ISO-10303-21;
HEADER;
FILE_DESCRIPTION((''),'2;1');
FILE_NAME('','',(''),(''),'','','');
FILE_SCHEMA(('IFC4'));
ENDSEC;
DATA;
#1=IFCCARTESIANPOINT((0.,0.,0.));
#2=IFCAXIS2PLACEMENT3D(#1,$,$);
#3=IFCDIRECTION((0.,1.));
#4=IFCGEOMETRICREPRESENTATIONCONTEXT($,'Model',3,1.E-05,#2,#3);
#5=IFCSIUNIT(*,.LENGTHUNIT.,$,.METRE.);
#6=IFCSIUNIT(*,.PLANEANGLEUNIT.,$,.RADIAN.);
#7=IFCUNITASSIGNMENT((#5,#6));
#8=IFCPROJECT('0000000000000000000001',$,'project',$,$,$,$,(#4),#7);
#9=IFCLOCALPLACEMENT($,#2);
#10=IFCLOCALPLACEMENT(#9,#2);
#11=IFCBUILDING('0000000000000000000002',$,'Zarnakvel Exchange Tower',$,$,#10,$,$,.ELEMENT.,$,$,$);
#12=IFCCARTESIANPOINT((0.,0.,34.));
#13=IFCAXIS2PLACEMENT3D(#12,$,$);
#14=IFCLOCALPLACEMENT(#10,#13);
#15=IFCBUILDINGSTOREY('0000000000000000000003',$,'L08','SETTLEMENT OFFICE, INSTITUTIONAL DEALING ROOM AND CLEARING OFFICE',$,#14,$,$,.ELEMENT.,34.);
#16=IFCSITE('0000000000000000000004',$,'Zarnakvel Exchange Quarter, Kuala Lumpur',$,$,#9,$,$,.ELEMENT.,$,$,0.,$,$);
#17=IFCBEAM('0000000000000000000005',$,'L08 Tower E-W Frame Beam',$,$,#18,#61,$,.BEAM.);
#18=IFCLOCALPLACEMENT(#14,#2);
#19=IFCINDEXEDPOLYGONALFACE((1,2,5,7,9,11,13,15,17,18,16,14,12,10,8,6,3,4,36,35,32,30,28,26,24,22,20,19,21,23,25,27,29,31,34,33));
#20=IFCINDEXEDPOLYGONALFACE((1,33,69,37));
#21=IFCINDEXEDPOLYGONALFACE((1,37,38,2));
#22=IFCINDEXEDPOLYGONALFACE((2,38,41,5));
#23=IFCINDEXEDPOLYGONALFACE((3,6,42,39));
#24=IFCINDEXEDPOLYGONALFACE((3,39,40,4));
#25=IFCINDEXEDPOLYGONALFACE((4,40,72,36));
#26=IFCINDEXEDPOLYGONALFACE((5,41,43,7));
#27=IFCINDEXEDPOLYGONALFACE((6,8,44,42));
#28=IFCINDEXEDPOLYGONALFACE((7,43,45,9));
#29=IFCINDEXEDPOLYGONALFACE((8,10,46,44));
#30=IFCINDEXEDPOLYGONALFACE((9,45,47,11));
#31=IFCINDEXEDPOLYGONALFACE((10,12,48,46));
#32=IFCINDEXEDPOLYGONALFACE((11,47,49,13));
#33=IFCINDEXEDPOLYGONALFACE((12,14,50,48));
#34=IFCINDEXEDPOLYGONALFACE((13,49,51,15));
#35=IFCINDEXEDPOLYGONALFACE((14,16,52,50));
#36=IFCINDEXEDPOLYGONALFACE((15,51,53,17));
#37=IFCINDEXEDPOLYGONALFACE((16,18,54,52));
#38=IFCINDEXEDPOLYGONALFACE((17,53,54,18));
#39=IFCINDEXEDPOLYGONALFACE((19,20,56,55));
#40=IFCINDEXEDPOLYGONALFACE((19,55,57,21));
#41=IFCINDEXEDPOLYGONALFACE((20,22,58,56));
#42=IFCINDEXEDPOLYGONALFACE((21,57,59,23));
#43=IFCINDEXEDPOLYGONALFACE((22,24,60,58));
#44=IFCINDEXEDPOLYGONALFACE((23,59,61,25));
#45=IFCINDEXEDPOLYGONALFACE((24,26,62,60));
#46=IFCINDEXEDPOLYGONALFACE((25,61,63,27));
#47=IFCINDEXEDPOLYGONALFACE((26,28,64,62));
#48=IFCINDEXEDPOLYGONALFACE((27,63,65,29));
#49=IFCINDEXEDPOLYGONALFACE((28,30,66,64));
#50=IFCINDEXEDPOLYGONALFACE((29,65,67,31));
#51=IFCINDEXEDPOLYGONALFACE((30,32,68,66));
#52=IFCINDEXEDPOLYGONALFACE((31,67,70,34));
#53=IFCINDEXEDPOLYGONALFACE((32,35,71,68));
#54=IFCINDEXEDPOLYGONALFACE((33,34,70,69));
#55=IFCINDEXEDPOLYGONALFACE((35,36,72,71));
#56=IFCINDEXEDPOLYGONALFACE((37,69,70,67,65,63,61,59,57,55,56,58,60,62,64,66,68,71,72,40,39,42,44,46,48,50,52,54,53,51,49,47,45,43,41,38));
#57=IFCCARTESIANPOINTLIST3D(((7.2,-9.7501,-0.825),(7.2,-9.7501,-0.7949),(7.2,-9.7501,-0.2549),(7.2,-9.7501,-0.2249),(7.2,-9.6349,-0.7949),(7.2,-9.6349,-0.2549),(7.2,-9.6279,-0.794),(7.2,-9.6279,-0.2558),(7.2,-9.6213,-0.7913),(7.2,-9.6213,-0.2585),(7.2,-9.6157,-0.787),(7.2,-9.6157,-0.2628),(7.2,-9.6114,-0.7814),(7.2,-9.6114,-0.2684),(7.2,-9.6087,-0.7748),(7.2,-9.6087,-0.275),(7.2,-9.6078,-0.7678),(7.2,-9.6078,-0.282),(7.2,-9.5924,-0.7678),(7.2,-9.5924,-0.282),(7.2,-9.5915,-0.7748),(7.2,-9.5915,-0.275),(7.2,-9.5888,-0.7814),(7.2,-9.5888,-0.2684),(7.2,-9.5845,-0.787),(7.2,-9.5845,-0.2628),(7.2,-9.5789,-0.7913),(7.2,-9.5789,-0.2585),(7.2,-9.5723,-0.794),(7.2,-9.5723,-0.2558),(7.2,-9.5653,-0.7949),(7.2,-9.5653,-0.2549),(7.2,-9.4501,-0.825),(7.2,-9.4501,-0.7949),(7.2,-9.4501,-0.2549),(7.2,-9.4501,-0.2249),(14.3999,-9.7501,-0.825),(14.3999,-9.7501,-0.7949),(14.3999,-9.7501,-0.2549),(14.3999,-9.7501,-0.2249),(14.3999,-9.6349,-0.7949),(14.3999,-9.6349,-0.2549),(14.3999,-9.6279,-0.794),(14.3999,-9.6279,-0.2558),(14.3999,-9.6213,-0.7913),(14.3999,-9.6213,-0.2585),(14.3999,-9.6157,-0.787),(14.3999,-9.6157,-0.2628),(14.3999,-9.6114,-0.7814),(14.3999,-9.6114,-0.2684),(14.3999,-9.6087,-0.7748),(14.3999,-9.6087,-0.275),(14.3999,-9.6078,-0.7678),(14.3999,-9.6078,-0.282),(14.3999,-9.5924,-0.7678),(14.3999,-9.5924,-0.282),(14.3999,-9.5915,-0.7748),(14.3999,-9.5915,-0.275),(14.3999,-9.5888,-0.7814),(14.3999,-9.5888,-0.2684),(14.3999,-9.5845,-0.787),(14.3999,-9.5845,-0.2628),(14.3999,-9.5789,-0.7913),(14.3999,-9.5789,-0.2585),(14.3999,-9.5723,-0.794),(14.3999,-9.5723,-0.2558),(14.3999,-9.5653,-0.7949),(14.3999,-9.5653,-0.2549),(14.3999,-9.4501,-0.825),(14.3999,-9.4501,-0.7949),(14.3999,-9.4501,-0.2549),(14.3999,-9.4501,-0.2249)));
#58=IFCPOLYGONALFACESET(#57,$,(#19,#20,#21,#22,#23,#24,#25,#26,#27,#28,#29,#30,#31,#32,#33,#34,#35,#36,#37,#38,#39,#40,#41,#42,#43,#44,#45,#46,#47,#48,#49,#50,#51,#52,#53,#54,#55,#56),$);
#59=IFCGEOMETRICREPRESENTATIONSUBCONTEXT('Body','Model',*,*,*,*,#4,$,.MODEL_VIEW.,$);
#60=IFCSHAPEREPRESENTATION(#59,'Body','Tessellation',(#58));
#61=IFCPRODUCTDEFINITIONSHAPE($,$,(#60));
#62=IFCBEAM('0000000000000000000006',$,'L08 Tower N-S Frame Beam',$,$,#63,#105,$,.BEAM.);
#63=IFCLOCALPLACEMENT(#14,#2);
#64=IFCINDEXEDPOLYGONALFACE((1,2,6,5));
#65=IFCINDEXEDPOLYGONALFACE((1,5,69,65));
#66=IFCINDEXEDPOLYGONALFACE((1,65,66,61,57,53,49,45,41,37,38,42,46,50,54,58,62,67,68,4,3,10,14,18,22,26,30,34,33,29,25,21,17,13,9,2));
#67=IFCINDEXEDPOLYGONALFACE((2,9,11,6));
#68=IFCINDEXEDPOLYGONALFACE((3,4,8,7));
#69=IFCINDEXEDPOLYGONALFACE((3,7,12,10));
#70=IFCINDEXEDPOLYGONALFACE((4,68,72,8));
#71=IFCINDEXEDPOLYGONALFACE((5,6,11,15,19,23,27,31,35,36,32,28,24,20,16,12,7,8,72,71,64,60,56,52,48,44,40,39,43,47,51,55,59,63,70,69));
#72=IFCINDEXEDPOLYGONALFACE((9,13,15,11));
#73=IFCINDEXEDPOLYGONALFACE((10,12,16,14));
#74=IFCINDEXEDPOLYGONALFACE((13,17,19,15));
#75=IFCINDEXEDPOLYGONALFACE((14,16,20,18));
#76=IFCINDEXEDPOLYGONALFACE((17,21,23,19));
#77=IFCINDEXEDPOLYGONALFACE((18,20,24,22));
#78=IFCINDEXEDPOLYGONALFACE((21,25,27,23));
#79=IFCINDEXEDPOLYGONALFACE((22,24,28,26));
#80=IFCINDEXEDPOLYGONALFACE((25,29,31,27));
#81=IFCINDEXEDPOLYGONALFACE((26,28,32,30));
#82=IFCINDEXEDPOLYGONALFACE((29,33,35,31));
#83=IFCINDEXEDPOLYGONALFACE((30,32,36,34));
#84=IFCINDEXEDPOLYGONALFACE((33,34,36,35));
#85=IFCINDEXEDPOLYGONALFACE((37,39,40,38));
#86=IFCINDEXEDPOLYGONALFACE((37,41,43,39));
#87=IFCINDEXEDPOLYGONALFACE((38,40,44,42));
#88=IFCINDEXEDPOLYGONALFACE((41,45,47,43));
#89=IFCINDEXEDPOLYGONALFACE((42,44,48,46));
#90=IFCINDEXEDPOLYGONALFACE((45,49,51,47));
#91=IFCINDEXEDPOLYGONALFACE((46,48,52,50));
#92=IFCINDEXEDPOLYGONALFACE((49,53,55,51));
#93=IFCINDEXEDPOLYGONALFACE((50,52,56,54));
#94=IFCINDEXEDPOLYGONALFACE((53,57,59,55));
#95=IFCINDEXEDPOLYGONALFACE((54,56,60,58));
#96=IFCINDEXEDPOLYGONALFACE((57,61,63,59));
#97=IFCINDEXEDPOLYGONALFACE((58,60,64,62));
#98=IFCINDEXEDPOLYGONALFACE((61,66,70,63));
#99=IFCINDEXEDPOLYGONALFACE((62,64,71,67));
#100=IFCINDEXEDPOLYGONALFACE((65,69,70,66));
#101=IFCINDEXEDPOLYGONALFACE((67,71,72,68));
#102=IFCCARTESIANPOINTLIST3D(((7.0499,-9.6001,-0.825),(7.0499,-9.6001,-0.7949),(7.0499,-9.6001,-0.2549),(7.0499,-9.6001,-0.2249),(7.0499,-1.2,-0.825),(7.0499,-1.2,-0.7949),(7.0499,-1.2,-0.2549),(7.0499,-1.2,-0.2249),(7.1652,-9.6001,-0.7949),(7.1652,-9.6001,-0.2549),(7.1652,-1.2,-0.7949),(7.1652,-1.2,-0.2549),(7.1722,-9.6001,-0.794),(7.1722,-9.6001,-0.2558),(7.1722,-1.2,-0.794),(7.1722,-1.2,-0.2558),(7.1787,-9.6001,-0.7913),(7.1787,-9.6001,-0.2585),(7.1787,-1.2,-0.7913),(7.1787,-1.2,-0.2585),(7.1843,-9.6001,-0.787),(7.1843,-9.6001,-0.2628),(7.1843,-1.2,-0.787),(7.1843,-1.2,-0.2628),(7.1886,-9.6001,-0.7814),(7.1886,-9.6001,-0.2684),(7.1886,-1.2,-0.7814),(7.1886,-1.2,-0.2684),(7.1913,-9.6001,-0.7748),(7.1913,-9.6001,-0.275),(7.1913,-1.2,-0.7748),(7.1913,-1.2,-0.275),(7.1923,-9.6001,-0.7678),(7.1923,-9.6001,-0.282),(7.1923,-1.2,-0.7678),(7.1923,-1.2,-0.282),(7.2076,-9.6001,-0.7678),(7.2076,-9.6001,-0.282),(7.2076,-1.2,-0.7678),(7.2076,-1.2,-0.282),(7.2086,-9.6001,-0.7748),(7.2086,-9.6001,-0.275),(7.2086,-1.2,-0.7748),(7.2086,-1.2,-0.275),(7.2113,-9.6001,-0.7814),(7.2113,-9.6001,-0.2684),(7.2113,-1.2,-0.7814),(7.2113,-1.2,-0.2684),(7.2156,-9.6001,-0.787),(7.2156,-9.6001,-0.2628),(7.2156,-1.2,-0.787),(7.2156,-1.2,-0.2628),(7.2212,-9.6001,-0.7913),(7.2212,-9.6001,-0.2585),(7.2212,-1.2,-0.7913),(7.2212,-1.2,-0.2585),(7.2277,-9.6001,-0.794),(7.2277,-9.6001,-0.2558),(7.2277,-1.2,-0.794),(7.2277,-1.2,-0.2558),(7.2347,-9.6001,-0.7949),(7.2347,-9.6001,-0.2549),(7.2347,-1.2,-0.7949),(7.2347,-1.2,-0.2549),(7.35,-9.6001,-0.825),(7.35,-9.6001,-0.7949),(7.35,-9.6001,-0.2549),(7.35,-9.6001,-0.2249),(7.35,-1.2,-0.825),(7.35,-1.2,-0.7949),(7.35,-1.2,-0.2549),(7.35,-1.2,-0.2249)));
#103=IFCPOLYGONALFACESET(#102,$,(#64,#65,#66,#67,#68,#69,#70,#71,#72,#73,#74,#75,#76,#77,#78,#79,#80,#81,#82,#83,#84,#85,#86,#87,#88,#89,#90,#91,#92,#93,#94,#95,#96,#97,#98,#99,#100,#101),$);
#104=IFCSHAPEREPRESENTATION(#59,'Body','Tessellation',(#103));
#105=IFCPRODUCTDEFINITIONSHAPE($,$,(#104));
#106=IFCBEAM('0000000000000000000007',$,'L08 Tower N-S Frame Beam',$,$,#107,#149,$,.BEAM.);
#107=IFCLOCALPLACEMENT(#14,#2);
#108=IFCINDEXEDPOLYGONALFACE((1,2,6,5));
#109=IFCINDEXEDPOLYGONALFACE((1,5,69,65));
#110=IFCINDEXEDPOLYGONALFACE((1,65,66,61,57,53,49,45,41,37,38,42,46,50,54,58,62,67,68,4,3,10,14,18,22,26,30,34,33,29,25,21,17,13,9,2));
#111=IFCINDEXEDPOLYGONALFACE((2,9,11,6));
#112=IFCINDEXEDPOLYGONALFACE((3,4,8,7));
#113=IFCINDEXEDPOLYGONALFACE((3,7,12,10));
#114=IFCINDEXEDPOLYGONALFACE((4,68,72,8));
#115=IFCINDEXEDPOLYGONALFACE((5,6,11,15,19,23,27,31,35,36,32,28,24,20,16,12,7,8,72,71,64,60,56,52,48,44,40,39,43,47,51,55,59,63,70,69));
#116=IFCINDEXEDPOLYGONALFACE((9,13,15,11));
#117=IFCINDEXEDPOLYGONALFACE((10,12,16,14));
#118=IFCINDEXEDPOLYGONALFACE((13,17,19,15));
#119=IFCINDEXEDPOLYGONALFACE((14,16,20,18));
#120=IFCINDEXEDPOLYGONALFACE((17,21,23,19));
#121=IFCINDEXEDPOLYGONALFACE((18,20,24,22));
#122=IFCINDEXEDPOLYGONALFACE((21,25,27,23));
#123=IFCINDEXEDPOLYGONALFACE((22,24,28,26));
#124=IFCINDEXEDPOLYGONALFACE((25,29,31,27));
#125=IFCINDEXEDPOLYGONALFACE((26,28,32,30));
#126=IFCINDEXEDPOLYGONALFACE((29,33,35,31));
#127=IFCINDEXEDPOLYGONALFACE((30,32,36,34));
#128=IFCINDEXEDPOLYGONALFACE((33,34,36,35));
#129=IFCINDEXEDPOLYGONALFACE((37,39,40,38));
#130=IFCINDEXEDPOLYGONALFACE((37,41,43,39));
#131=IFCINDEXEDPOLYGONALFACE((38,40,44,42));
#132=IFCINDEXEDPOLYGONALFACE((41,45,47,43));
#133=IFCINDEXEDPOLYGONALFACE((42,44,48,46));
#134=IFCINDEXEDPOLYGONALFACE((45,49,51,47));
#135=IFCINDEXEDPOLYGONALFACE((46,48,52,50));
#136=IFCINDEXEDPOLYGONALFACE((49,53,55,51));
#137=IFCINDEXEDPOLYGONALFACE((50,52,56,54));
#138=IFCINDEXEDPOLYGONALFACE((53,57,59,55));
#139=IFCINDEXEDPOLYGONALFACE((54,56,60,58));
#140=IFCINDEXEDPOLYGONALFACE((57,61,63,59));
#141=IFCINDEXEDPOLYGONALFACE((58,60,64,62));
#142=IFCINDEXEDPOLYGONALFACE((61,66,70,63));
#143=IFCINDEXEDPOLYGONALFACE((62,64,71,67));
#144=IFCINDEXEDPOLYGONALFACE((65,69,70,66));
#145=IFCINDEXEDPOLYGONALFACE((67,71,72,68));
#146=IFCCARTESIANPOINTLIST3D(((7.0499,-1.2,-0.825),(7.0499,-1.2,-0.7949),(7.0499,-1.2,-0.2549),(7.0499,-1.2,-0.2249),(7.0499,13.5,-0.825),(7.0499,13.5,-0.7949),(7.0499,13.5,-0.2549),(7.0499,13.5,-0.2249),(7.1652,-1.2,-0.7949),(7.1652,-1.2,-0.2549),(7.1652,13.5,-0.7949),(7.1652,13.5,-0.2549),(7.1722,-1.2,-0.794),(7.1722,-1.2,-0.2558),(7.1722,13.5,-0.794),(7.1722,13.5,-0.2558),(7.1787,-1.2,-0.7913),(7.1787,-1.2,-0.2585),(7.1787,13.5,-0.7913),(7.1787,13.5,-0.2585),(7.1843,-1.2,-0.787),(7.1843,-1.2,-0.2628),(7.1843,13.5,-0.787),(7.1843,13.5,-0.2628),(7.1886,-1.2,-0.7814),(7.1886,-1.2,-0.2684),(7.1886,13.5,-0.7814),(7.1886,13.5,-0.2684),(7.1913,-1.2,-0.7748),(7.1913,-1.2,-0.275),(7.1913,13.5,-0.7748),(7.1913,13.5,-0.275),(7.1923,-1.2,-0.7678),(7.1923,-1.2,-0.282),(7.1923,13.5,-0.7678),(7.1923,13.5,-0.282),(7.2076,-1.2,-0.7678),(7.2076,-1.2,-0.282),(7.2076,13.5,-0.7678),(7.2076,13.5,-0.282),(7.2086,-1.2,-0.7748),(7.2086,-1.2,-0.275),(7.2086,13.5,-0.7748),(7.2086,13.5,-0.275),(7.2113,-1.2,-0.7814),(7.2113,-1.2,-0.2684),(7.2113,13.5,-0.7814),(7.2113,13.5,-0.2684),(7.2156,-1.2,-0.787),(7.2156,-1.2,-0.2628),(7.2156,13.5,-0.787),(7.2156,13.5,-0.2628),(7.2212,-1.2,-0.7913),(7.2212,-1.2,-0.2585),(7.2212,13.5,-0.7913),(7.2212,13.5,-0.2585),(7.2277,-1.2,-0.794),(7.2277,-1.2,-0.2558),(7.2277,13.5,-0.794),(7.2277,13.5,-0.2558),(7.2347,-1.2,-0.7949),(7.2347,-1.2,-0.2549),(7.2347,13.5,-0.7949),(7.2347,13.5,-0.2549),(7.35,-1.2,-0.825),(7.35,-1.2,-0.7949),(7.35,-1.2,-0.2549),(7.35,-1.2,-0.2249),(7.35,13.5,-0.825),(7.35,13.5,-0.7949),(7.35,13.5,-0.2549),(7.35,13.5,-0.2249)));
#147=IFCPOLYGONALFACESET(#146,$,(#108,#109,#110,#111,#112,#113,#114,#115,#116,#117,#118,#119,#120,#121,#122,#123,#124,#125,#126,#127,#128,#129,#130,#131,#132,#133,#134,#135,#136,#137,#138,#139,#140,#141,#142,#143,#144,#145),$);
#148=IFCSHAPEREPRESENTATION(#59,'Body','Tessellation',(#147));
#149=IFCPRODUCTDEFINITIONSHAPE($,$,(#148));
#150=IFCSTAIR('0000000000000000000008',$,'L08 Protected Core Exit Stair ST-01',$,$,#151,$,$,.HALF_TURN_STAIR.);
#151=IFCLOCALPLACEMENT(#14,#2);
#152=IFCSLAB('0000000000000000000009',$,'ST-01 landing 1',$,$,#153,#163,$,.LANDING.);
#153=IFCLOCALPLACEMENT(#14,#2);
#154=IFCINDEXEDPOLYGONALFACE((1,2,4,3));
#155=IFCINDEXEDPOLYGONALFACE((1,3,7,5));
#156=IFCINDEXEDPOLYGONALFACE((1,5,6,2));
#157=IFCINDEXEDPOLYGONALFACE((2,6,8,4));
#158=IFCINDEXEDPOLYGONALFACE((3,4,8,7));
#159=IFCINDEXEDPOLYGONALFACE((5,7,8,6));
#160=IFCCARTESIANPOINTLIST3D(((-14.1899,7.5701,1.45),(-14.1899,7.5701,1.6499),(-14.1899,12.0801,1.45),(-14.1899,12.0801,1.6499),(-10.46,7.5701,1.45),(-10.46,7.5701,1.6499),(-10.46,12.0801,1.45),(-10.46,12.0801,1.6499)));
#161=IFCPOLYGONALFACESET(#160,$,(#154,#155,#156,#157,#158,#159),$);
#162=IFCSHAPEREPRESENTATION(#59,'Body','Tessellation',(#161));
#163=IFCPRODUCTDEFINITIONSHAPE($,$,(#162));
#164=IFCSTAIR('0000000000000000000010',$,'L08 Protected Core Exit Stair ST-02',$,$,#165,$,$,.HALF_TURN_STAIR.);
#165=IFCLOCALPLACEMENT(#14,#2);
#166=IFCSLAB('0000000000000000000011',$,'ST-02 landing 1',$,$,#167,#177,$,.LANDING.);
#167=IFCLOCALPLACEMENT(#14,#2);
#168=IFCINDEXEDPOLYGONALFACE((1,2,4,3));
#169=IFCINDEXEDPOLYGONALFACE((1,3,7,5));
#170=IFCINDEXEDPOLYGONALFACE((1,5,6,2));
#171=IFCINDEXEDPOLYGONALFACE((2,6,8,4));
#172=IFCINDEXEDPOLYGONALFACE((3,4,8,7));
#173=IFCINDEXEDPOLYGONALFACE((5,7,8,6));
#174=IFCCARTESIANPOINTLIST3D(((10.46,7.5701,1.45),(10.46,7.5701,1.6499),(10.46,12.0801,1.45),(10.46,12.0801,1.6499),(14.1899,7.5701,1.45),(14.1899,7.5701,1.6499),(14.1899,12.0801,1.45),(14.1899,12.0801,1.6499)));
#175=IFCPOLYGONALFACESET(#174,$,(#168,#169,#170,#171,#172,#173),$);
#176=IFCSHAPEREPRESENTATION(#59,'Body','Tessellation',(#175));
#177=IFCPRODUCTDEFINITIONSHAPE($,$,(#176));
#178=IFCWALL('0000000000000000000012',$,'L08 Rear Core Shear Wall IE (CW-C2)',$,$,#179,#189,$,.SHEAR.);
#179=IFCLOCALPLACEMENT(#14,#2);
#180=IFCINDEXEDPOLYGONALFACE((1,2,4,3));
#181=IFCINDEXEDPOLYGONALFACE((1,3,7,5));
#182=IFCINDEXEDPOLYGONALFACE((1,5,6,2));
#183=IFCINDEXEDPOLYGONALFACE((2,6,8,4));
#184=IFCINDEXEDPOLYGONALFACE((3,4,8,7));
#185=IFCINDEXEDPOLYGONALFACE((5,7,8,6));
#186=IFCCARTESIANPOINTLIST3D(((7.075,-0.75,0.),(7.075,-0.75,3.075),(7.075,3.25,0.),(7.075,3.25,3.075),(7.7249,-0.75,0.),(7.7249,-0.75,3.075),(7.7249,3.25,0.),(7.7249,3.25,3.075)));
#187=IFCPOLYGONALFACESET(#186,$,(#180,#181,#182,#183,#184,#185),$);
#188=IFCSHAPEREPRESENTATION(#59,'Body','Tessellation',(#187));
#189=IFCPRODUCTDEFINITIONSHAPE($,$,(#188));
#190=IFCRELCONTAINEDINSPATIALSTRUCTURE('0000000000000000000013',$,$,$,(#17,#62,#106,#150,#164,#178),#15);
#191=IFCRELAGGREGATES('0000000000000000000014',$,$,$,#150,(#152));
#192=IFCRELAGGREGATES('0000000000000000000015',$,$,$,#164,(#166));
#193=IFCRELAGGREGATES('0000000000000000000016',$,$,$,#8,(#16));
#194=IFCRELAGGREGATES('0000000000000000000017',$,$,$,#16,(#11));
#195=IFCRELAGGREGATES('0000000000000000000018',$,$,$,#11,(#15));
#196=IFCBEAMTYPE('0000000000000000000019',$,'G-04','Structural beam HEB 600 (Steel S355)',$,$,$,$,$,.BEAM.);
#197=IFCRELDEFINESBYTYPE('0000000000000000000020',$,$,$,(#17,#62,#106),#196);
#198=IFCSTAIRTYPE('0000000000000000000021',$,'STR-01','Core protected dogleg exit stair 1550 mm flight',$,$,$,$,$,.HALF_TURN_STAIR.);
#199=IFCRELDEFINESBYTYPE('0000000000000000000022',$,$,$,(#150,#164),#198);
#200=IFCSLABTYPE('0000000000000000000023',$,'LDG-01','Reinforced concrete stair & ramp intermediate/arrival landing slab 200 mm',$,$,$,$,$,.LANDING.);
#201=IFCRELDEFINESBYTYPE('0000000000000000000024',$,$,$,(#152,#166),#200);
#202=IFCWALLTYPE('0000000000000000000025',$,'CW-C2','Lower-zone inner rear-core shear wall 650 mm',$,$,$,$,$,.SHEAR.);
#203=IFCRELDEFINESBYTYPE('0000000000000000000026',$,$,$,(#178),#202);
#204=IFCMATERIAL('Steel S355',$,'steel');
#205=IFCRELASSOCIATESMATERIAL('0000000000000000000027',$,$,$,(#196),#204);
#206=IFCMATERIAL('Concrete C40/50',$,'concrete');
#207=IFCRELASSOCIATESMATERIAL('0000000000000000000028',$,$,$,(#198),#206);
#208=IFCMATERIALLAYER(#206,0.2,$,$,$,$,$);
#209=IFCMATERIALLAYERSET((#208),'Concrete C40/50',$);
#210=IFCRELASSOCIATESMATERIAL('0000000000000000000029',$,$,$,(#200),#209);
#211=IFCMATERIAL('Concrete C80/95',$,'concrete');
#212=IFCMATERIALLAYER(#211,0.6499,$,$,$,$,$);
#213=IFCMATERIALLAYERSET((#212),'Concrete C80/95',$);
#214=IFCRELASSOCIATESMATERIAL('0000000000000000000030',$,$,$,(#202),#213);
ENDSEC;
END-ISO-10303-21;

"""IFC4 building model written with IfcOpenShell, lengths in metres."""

from ifc_helpers import new_model, si_unit, direction, frame, frame_2d, origin, origin_2d, place, context, subcontext, project, spatial, polyline, rectangle, i_section, outline, extrude, material, layer, layer_set, material_profile, profile_set, type_object, element, aggregate, save


model = new_model("IFC4")

# Units and contexts
model_context = context("Model", 3, precision=1e-05, world=origin(), true_north=direction((0.0, 1.0)))
body_context = subcontext(model_context, "Body", "Model", "MODEL_VIEW")
ifc_project = project(units=[si_unit("LENGTHUNIT", "METRE"), si_unit("PLANEANGLEUNIT", "RADIAN")], contexts=[model_context])

# Site, building, storey
site_placement = place(None, origin())
site = spatial("IfcSite", under=ifc_project, at=site_placement, Name="Zarnakvel Exchange Quarter, Kuala Lumpur", CompositionType="ELEMENT", RefElevation=0.0)
building_placement = place(site_placement, origin())
building = spatial("IfcBuilding", under=site, at=building_placement, Name="Zarnakvel Exchange Tower", CompositionType="ELEMENT")
storey_placement = place(building_placement, frame((0.0, 0.0, 34.0)))
storey = spatial("IfcBuildingStorey", under=building, at=storey_placement, Name="L08", Description="SETTLEMENT OFFICE, INSTITUTIONAL DEALING ROOM AND CLEARING OFFICE", CompositionType="ELEMENT", Elevation=34.0)

# Shared definitions
ifc_material_1 = material(Name="Concrete C80/95", Category="concrete")

# Beams
ifc_material_2 = material(Name="Steel S355", Category="steel")
ifc_material_profile_1 = material_profile(ifc_material_2, i_section(OverallWidth=0.3, OverallDepth=0.6001, WebThickness=0.0154, FlangeThickness=0.03, FilletRadius=0.0271, at=origin_2d()))
ifc_profile_set_1 = profile_set([ifc_material_profile_1], Name="Steel S355")
beam_type_1 = type_object("IfcBeamType", Name="G-04", Description="Structural beam HEB 600 (Steel S355)", PredefinedType="BEAM", material=ifc_profile_set_1)
beam_1_placement = place(storey_placement, frame((7.2, -9.6001, -0.5249), z_axis=(1.0, 0.0, 0.0), x_axis=(0.0, 1.0, 0.0)))
element("IfcBeam", 1, at=beam_1_placement, inside=storey, type_object=beam_type_1, Name="L08 Tower E-W Frame Beam", PredefinedType="BEAM", context=body_context, shape_type="SweptSolid", body=[
    extrude(i_section(OverallWidth=0.3, OverallDepth=0.6001, WebThickness=0.0154, FlangeThickness=0.03, FilletRadius=0.0271, at=origin_2d()), origin(), (0.0, 0.0, 1.0), 7.2),
])
beam_2_placement = place(storey_placement, frame((7.2, -9.6001, -0.5249), z_axis=(0.0, 1.0, 0.0), x_axis=(-1.0, 0.0, 0.0)))
element("IfcBeam", 2, at=beam_2_placement, inside=storey, type_object=beam_type_1, Name="L08 Tower N-S Frame Beam", PredefinedType="BEAM", context=body_context, shape_type="SweptSolid", body=[
    extrude(i_section(OverallWidth=0.3, OverallDepth=0.6001, WebThickness=0.0154, FlangeThickness=0.03, FilletRadius=0.0271, at=origin_2d()), origin(), (0.0, 0.0, 1.0), 8.4001),
])
beam_3_placement = place(storey_placement, frame((7.2, -1.2, -0.5249), z_axis=(0.0, 1.0, 0.0), x_axis=(-1.0, 0.0, 0.0)))
element("IfcBeam", 3, at=beam_3_placement, inside=storey, type_object=beam_type_1, Name="L08 Tower N-S Frame Beam", PredefinedType="BEAM", context=body_context, shape_type="SweptSolid", body=[
    extrude(i_section(OverallWidth=0.3, OverallDepth=0.6001, WebThickness=0.0154, FlangeThickness=0.03, FilletRadius=0.0271, at=origin_2d()), origin(), (0.0, 0.0, 1.0), 14.7),
])

# Stairs, slabs
ifc_material_3 = material(Name="Concrete C40/50", Category="concrete")
stair_type = type_object("IfcStairType", Name="STR-01", Description="Core protected dogleg exit stair 1550 mm flight", PredefinedType="HALF_TURN_STAIR", material=ifc_material_3)
stair_1_placement = place(storey_placement, origin())
stair_1 = element("IfcStair", 4, at=stair_1_placement, inside=storey, type_object=stair_type, Name="L08 Protected Core Exit Stair ST-01", PredefinedType="HALF_TURN_STAIR")
ifc_layer_1 = layer(ifc_material_3, 0.2)
ifc_layer_set_1 = layer_set([ifc_layer_1], Name="Concrete C40/50")
slab_type = type_object("IfcSlabType", Name="LDG-01", Description="Reinforced concrete stair & ramp intermediate/arrival landing slab 200 mm", PredefinedType="LANDING", material=ifc_layer_set_1)
slab_1_placement = place(storey_placement, frame((0.0, 0.0, 1.45)))
slab_1 = element("IfcSlab", 5, at=slab_1_placement, type_object=slab_type, Name="ST-01 landing 1", PredefinedType="LANDING", context=body_context, shape_type="SweptSolid", body=[
    extrude(outline(polyline([(-14.1899, 7.5701), (-10.46, 7.5701), (-10.46, 12.0801), (-14.1899, 12.0801), (-14.1899, 7.5701)])), origin(), (0.0, 0.0, 1.0), 0.2),
])
aggregate(stair_1, [slab_1])
stair_2_placement = place(storey_placement, origin())
stair_2 = element("IfcStair", 6, at=stair_2_placement, inside=storey, type_object=stair_type, Name="L08 Protected Core Exit Stair ST-02", PredefinedType="HALF_TURN_STAIR")
slab_2_placement = place(storey_placement, frame((0.0, 0.0, 1.45)))
slab_2 = element("IfcSlab", 7, at=slab_2_placement, type_object=slab_type, Name="ST-02 landing 1", PredefinedType="LANDING", context=body_context, shape_type="SweptSolid", body=[
    extrude(outline(polyline([(10.46, 7.5701), (14.1899, 7.5701), (14.1899, 12.0801), (10.46, 12.0801), (10.46, 7.5701)])), origin(), (0.0, 0.0, 1.0), 0.2),
])
aggregate(stair_2, [slab_2])

# Wall
ifc_layer_2 = layer(ifc_material_1, 0.6499)
ifc_layer_set_2 = layer_set([ifc_layer_2], Name="Concrete C80/95")
wall_type_1 = type_object("IfcWallType", Name="CW-C2", Description="Lower-zone inner rear-core shear wall 650 mm", PredefinedType="SHEAR", material=ifc_layer_set_2)
wall_1_placement = place(storey_placement, frame((7.3999, -0.75, 0.0), z_axis=(0.0, 0.0, 1.0), x_axis=(0.0, 1.0, 0.0)))
element("IfcWall", 8, at=wall_1_placement, inside=storey, type_object=wall_type_1, Name="L08 Rear Core Shear Wall IE (CW-C2)", PredefinedType="SHEAR", context=body_context, shape_type="SweptSolid", body=[
    extrude(rectangle(XDim=4.0, YDim=0.6499, at=frame_2d((2.0, 0.0))), origin(), (0.0, 0.0, 1.0), 3.075),
])

save(model, "model.ifc")
